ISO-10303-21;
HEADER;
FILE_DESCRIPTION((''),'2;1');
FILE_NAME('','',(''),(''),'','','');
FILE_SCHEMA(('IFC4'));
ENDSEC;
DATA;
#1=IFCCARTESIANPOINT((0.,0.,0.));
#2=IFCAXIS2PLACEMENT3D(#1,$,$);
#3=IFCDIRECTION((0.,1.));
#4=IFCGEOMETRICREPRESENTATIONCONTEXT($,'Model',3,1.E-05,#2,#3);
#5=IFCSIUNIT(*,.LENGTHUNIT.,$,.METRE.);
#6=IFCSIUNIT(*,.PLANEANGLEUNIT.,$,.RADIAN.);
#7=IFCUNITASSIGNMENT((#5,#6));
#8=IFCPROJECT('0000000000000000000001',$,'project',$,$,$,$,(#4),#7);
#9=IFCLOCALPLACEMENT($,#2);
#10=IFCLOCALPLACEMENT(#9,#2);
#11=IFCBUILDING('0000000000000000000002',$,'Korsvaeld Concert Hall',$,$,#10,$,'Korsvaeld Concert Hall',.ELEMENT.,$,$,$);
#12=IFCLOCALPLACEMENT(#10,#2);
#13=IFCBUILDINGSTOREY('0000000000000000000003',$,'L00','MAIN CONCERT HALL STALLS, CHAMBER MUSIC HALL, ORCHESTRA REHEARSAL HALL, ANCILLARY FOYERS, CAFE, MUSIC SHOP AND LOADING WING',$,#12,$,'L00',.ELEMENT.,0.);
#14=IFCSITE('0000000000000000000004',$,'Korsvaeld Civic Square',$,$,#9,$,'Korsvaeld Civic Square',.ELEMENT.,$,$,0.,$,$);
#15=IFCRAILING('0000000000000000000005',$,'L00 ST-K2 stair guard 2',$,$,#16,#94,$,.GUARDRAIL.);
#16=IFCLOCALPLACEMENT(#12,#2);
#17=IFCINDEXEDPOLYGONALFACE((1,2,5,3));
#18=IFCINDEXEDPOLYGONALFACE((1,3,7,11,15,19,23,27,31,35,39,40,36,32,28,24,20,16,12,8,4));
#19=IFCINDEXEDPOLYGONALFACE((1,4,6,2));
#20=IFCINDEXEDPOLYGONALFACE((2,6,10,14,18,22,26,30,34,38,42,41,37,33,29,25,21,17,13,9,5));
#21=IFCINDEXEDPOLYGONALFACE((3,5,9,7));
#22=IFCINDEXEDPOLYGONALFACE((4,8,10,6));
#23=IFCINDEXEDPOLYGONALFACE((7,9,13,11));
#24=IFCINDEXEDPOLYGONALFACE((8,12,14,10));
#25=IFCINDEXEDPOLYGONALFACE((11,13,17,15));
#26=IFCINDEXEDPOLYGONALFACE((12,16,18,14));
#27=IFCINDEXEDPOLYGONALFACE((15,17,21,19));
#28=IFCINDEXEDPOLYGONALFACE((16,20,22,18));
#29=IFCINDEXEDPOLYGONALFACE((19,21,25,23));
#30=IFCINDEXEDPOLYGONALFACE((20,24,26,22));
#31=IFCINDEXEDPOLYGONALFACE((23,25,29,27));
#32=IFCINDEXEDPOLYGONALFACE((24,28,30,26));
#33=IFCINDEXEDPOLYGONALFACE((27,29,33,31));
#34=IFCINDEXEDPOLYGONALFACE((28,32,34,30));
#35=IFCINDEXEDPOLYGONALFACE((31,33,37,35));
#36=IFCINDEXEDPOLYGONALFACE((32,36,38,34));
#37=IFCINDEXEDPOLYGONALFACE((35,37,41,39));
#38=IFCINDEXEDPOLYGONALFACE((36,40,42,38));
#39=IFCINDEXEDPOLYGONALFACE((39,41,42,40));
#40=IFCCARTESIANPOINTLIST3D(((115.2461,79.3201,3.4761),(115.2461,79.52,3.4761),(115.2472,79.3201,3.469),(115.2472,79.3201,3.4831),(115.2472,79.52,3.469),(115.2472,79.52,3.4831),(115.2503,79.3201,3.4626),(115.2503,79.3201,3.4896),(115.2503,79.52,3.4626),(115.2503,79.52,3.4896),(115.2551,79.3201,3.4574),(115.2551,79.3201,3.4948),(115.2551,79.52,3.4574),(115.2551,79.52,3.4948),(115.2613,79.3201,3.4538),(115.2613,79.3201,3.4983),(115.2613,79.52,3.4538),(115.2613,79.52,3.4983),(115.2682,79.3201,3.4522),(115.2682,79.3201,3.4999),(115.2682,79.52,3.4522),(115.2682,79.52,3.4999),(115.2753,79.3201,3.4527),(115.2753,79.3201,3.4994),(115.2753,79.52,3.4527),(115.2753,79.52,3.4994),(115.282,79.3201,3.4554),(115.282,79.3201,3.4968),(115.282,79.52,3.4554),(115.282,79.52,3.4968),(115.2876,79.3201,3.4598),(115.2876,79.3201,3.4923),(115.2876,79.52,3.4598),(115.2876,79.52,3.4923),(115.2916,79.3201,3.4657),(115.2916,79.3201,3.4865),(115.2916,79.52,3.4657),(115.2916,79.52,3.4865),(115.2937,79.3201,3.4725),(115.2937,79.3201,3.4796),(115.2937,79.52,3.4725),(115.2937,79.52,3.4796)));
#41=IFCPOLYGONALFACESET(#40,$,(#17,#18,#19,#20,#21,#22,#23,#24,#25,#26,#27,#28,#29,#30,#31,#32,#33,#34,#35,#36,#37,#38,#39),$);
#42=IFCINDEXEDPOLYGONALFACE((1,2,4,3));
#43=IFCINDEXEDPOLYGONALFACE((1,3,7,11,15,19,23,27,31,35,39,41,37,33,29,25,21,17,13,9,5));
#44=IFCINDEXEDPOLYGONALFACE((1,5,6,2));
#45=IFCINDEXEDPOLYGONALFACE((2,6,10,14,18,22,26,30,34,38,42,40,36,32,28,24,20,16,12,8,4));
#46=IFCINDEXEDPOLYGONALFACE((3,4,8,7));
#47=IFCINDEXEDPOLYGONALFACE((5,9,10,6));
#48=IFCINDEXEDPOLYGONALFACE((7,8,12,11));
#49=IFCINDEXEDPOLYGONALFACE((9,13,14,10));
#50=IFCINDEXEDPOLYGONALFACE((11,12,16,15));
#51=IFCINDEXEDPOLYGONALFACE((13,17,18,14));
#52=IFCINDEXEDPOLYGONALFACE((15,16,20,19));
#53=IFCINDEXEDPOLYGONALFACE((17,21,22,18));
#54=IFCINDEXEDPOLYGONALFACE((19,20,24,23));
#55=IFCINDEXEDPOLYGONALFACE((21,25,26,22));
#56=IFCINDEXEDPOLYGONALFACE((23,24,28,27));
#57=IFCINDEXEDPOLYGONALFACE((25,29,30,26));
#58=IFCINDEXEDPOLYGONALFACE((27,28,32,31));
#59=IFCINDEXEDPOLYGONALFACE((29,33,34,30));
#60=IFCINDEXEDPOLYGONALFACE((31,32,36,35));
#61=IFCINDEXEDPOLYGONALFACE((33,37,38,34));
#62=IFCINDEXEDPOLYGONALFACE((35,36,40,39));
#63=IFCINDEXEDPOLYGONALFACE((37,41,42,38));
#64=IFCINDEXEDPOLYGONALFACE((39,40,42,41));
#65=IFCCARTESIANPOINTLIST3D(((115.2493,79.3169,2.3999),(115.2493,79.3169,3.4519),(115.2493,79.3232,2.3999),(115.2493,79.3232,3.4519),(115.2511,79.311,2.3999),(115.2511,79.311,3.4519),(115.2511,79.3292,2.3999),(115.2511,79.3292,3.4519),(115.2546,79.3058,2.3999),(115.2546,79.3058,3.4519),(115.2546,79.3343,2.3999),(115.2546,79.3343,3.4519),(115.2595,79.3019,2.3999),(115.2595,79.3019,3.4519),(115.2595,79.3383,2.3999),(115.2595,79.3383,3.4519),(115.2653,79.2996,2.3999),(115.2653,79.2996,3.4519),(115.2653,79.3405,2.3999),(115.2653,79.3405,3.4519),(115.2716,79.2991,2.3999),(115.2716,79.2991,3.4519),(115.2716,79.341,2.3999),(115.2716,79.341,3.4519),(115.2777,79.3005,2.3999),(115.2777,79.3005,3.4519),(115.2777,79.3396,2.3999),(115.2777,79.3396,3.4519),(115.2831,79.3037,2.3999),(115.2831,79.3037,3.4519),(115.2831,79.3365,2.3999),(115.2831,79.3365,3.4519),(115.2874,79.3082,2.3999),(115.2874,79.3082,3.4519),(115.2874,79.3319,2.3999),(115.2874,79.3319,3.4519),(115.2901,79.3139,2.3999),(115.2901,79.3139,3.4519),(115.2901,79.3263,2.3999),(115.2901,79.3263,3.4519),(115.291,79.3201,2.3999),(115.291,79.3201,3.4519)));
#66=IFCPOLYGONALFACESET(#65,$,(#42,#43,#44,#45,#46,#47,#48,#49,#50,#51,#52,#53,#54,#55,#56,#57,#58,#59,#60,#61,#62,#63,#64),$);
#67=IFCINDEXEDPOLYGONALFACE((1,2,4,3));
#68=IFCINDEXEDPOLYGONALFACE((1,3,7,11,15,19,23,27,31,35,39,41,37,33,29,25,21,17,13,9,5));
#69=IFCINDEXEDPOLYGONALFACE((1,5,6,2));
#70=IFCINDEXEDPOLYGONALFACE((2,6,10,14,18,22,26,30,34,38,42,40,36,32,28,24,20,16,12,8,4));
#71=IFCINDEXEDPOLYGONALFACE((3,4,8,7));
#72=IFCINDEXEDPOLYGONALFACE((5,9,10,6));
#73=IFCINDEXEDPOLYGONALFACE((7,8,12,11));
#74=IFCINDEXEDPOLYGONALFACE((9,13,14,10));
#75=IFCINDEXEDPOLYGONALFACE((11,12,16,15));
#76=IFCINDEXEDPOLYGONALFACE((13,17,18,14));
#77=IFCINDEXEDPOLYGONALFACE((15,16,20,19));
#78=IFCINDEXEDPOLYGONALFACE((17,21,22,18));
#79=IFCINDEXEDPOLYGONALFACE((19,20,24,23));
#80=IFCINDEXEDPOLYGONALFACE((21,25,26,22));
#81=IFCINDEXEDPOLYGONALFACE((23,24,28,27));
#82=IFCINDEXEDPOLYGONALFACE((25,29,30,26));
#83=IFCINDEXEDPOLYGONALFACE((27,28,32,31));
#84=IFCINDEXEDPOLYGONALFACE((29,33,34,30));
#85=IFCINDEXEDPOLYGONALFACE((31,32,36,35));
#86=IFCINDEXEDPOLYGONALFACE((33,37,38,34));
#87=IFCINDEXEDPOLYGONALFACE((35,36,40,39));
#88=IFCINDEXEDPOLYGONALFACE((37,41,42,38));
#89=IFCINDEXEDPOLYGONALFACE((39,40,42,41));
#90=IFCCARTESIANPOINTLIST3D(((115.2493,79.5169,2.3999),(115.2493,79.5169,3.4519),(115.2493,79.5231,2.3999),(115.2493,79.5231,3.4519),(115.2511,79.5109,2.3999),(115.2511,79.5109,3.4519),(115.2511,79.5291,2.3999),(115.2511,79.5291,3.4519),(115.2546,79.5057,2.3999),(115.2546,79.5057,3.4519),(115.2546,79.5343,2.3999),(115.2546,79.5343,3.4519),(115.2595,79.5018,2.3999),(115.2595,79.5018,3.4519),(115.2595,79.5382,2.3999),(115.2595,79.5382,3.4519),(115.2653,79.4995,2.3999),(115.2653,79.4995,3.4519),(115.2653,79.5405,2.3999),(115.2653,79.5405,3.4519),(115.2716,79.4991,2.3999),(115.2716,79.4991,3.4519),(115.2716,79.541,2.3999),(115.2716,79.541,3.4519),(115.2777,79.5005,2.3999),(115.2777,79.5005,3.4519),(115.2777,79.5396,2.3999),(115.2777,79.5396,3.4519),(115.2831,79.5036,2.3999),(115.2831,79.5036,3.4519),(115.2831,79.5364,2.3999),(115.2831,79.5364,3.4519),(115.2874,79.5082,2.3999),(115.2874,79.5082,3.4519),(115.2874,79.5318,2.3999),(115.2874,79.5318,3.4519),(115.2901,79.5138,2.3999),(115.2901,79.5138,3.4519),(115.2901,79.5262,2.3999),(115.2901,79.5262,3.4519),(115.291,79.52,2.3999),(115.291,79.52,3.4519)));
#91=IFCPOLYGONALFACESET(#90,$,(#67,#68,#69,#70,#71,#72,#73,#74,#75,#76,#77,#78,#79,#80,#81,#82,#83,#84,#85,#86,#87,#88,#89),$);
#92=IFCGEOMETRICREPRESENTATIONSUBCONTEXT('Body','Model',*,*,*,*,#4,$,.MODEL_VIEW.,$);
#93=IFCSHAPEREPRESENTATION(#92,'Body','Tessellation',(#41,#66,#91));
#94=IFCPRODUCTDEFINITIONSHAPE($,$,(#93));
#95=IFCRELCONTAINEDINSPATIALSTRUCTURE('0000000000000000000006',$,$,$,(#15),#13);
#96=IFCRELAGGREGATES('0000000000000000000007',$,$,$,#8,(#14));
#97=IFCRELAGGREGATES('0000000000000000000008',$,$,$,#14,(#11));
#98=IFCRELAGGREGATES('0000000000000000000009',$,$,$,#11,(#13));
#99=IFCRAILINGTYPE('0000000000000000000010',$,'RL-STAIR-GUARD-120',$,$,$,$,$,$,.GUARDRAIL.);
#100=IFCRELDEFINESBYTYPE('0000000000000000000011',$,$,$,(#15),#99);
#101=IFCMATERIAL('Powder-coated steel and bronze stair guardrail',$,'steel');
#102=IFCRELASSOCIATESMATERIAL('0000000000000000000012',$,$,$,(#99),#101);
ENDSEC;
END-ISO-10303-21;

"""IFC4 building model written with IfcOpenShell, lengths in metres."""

from ifc_helpers import new_model, si_unit, direction, frame, origin, origin_2d, place, context, subcontext, project, spatial, circle, extrude, material, type_object, element, save


model = new_model("IFC4")

# Units and contexts
model_context = context("Model", 3, precision=1e-05, world=origin(), true_north=direction((0.0, 1.0)))
body_context = subcontext(model_context, "Body", "Model", "MODEL_VIEW")
ifc_project = project(units=[si_unit("LENGTHUNIT", "METRE"), si_unit("PLANEANGLEUNIT", "RADIAN")], contexts=[model_context])

# Site, building, storey
site_placement = place(None, origin())
site = spatial("IfcSite", under=ifc_project, at=site_placement, Name="Korsvaeld Civic Square", LongName="Korsvaeld Civic Square", CompositionType="ELEMENT", RefElevation=0.0)
building_placement = place(site_placement, origin())
building = spatial("IfcBuilding", under=site, at=building_placement, Name="Korsvaeld Concert Hall", LongName="Korsvaeld Concert Hall", CompositionType="ELEMENT")
storey_placement = place(building_placement, origin())
storey = spatial("IfcBuildingStorey", under=building, at=storey_placement, Name="L00", Description="MAIN CONCERT HALL STALLS, CHAMBER MUSIC HALL, ORCHESTRA REHEARSAL HALL, ANCILLARY FOYERS, CAFE, MUSIC SHOP AND LOADING WING", LongName="L00", CompositionType="ELEMENT", Elevation=0.0)

# Railing
ifc_material_1 = material(Name="Powder-coated steel and bronze stair guardrail", Category="steel")
railing_type_1 = type_object("IfcRailingType", Name="RL-STAIR-GUARD-120", PredefinedType="GUARDRAIL", material=ifc_material_1)
railing_1_placement = place(storey_placement, frame((115.27, 79.3201, 2.3999)))
element("IfcRailing", 1, at=railing_1_placement, inside=storey, type_object=railing_type_1, Name="L00 ST-K2 stair guard 2", PredefinedType="GUARDRAIL", context=body_context, shape_type="SweptSolid", body=[
    extrude(circle(Radius=0.0239, at=origin_2d()), frame((0.0, 0.0, 1.0762), z_axis=(0.0, 1.0, 0.0), x_axis=(-1.0, 0.0, 0.0)), (0.0, 0.0, 1.0), 0.2),
    extrude(circle(Radius=0.021, at=origin_2d()), origin(), (0.0, 0.0, 1.0), 1.052),
    extrude(circle(Radius=0.021, at=origin_2d()), frame((0.0, 0.2, 0.0)), (0.0, 0.0, 1.0), 1.052),
])

save(model, "model.ifc")
